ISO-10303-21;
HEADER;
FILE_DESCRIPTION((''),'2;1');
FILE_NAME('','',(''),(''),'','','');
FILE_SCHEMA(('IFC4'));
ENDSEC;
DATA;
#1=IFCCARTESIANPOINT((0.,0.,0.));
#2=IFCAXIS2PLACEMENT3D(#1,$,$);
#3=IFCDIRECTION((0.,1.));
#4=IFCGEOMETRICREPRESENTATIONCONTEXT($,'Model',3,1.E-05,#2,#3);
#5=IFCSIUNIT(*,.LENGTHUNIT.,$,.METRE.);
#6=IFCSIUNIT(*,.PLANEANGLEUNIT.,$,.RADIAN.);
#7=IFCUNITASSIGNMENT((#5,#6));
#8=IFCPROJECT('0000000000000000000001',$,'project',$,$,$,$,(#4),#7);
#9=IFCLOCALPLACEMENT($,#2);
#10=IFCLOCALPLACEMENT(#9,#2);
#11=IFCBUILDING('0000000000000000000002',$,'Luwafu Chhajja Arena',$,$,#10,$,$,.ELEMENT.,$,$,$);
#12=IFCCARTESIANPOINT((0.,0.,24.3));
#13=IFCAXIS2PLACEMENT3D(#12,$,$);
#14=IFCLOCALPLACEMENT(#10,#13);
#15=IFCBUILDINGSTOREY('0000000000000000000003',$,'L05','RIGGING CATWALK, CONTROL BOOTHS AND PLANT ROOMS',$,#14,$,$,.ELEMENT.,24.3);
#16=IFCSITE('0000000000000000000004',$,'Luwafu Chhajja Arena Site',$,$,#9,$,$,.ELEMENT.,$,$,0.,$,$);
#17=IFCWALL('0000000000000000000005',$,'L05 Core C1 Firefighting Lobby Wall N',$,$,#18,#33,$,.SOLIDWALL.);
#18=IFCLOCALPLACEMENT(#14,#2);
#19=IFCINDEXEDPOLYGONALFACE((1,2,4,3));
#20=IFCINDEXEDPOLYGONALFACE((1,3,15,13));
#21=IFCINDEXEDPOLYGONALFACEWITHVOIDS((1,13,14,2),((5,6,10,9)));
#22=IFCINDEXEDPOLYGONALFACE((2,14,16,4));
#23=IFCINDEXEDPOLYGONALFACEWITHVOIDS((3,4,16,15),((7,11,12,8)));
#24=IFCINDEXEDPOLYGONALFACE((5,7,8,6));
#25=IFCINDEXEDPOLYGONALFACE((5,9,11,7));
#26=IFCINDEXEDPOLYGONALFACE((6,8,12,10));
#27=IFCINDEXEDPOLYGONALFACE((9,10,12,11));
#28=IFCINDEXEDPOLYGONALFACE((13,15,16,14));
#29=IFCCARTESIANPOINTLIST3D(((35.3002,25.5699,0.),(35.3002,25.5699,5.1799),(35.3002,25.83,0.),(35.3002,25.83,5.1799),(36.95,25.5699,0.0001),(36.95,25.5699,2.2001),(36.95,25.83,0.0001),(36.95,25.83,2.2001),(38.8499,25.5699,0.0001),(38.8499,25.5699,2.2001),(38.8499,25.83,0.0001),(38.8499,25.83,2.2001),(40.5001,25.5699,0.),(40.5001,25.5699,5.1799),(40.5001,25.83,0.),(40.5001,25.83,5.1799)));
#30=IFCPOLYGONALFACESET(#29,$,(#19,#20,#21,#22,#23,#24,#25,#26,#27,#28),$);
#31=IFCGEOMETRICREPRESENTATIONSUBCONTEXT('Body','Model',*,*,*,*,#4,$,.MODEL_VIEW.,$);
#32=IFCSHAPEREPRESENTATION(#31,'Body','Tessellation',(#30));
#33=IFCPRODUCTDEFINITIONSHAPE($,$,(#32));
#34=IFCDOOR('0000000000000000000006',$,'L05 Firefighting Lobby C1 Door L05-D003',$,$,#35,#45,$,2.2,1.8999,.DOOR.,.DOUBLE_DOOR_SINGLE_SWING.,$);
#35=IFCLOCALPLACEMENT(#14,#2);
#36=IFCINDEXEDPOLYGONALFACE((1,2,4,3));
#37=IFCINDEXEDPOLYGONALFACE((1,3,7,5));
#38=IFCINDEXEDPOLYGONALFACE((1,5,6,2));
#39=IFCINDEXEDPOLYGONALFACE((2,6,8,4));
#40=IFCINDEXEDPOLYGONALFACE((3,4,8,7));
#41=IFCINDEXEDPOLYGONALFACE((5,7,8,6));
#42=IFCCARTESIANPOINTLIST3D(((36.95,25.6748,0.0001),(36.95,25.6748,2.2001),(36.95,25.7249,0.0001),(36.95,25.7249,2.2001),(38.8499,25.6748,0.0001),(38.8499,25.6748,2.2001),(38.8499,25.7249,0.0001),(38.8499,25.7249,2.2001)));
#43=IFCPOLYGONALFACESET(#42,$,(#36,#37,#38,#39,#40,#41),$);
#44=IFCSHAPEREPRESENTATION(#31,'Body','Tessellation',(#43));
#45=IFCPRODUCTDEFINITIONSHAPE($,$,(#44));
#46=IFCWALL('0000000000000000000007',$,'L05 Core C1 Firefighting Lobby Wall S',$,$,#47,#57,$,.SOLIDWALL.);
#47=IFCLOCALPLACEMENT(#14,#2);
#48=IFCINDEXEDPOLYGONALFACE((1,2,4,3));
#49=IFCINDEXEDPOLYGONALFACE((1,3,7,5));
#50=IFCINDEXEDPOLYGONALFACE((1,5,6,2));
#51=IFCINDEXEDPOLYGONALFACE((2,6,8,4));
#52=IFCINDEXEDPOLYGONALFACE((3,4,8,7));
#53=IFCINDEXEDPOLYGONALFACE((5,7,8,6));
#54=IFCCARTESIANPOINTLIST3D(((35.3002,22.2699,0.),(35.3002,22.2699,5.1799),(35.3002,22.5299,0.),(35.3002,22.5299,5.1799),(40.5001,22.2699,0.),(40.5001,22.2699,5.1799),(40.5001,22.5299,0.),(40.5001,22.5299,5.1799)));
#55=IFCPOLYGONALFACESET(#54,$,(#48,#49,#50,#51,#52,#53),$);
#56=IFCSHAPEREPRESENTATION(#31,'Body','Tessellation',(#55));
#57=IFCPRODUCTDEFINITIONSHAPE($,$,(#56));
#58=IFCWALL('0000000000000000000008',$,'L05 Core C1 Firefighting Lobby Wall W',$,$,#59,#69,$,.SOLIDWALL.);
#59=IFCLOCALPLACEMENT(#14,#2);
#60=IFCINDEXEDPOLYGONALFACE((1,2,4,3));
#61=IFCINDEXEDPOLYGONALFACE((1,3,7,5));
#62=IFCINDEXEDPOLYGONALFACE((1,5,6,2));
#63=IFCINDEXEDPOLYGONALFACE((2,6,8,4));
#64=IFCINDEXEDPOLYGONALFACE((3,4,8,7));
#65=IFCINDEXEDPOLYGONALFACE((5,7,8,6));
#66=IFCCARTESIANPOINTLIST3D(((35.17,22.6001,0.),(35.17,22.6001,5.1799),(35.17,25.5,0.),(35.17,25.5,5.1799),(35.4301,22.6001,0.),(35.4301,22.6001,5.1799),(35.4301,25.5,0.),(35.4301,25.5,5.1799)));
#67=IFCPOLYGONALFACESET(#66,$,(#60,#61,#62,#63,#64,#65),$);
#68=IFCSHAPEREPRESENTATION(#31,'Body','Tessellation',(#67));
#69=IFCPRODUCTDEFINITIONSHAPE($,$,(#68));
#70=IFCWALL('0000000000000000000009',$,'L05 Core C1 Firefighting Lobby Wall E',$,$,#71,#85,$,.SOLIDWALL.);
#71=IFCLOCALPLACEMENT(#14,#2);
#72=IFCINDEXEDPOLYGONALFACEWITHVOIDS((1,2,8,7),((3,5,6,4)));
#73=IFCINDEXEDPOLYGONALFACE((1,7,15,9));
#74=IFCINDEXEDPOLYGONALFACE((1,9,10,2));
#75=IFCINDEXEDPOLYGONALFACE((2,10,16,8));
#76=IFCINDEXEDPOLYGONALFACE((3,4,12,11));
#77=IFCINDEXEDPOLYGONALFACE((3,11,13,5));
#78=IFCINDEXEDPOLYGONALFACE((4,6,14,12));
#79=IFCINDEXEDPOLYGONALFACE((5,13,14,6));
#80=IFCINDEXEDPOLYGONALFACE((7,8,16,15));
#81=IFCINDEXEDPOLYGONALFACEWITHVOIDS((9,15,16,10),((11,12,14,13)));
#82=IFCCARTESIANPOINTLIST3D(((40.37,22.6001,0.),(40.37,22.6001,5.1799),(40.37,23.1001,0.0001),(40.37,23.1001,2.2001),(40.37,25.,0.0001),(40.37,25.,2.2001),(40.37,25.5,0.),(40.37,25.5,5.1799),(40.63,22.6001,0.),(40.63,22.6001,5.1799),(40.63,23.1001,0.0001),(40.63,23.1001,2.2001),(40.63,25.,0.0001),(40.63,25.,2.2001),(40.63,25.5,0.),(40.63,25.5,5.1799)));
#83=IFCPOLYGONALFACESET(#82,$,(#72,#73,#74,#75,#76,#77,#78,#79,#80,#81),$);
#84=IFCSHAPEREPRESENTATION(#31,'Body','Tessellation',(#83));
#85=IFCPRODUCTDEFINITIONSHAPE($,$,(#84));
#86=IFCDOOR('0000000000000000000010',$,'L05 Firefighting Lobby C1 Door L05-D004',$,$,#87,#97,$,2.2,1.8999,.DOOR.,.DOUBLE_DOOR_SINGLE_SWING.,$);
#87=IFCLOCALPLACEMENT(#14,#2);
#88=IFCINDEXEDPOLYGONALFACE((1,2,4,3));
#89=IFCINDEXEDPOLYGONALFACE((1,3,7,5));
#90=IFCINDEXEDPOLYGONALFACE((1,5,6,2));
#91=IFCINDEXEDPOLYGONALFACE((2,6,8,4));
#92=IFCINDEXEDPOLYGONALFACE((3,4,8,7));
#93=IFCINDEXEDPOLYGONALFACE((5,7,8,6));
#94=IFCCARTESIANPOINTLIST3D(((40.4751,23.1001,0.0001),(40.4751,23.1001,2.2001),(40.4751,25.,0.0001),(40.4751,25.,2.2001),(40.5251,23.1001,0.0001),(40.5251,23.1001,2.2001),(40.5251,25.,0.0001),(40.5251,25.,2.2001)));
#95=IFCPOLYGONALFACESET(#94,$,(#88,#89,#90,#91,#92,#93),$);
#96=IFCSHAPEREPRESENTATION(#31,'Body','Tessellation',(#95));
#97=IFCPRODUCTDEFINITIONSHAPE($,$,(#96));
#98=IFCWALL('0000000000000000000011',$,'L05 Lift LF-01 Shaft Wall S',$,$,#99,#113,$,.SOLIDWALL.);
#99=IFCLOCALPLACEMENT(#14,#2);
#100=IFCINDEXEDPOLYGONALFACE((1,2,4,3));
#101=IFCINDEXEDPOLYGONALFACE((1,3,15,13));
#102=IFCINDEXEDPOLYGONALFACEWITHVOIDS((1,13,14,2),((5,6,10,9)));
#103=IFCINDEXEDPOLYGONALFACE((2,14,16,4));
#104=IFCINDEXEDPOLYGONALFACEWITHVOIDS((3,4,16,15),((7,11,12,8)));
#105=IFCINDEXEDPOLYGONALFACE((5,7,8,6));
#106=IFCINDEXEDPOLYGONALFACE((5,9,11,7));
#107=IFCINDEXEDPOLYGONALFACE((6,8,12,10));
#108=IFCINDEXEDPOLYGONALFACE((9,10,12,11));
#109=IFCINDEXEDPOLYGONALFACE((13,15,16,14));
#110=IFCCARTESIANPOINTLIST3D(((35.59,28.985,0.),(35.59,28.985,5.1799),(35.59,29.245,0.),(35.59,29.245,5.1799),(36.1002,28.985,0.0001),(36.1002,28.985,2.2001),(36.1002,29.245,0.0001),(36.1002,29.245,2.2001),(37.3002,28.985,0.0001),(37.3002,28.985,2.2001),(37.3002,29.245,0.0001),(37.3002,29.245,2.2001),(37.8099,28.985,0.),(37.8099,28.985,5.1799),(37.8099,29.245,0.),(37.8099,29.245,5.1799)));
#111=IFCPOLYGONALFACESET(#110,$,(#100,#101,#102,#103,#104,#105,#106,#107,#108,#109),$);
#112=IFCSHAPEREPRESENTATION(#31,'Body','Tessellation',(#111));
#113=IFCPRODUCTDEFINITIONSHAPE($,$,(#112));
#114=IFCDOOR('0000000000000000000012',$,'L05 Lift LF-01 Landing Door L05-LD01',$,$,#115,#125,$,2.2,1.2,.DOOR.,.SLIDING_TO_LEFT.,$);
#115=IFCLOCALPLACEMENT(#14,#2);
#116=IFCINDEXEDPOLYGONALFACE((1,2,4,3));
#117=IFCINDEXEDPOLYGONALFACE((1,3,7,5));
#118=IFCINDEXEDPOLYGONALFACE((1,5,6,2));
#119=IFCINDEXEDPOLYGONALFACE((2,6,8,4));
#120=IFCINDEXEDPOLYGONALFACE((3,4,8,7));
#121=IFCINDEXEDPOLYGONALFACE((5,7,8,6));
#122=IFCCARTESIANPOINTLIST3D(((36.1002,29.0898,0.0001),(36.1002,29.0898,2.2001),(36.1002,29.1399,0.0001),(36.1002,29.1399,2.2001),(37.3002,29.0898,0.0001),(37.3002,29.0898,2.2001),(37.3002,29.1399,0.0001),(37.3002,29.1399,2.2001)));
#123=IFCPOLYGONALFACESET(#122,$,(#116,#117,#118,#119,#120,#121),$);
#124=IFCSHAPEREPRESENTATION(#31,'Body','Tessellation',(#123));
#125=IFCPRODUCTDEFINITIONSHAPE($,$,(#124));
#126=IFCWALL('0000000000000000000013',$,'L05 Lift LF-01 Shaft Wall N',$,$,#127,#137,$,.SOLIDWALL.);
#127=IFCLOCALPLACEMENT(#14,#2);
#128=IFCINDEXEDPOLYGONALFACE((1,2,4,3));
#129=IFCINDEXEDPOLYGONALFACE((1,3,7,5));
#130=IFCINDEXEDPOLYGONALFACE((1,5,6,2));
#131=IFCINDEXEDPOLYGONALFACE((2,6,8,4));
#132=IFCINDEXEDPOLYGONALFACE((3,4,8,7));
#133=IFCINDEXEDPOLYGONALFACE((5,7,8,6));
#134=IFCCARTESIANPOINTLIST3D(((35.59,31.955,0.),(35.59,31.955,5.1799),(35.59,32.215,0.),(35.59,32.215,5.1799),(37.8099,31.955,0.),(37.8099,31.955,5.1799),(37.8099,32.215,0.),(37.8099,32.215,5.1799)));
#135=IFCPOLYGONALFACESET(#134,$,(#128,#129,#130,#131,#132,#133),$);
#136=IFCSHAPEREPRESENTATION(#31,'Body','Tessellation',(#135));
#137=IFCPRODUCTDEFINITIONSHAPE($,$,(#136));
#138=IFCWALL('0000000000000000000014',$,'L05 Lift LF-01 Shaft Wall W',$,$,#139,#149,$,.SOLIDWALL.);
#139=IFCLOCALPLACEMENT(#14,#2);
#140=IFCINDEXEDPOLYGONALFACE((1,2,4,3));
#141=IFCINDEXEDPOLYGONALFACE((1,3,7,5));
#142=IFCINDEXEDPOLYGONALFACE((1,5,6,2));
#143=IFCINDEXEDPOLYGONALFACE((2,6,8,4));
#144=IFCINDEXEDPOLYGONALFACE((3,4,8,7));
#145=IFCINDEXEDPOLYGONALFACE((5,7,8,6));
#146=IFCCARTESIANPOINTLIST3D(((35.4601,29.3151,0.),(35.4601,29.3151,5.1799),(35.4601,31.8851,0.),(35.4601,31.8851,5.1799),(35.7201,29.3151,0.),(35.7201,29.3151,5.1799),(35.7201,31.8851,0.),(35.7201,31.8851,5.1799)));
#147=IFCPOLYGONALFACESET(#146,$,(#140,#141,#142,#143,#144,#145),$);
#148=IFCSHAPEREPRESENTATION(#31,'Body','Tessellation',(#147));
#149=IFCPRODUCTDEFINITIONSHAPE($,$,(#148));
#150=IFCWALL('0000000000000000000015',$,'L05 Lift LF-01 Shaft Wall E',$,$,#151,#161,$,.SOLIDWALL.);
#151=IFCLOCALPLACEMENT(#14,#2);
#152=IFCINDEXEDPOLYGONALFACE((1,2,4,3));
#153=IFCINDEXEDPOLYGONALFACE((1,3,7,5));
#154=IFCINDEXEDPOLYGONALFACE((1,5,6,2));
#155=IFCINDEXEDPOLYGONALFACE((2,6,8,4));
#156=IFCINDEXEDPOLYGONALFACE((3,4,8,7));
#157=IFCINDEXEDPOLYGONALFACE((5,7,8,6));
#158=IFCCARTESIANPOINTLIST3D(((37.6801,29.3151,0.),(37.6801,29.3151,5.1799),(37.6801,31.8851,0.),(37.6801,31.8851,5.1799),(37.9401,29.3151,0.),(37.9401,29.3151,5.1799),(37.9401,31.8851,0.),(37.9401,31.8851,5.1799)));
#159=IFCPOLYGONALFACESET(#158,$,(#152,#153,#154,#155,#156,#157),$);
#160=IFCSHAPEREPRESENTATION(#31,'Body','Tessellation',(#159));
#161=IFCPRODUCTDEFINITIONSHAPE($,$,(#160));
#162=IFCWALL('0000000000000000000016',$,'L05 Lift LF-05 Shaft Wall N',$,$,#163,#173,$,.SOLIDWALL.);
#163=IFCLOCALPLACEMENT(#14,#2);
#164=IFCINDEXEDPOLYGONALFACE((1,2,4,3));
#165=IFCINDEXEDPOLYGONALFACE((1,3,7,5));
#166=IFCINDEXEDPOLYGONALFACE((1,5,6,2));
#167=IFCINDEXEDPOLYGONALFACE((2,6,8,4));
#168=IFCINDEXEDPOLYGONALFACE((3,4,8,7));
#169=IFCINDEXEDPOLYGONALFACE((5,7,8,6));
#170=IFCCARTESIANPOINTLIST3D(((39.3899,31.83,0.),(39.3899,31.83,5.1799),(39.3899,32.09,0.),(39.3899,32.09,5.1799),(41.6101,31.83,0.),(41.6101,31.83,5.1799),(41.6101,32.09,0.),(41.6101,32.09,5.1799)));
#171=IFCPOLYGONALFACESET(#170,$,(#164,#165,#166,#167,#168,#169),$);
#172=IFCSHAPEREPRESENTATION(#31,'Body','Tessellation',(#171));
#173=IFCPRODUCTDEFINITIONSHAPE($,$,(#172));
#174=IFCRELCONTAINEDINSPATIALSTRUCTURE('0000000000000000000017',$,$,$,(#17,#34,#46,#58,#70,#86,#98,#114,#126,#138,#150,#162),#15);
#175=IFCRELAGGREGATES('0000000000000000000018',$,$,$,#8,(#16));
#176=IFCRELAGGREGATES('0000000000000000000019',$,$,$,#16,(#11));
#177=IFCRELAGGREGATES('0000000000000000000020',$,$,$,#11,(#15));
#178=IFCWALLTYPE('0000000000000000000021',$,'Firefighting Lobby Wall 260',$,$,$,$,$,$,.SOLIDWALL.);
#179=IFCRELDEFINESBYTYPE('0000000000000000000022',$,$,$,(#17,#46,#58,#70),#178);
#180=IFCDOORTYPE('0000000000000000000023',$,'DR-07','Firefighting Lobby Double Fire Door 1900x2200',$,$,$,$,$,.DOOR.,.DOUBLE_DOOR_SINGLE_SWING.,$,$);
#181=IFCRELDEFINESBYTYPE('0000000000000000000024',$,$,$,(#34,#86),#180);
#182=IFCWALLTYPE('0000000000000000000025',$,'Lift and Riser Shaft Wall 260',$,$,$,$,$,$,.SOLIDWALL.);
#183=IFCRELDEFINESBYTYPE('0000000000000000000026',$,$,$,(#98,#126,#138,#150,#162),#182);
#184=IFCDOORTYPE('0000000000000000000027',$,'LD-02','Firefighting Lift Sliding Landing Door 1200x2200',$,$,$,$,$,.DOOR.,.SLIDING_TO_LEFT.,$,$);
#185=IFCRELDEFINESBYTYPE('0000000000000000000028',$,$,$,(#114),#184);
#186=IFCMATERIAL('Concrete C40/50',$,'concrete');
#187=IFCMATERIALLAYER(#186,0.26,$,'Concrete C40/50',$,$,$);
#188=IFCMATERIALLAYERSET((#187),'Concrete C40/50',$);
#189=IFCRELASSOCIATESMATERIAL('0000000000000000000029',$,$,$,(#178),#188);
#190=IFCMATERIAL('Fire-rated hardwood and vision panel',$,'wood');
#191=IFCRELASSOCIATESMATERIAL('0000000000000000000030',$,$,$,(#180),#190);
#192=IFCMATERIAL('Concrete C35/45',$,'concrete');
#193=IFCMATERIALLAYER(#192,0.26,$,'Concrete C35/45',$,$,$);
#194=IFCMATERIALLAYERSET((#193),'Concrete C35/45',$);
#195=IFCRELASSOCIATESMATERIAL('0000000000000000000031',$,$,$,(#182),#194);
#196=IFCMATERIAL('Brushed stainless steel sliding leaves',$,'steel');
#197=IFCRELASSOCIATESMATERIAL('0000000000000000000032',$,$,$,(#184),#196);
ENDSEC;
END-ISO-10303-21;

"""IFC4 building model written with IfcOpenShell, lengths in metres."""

from ifc_helpers import new_model, si_unit, direction, frame, frame_2d, origin, place, context, subcontext, project, spatial, rectangle, extrude, material, layer, layer_set, type_object, element, fill, save


model = new_model("IFC4")

# Units and contexts
model_context = context("Model", 3, precision=1e-05, world=origin(), true_north=direction((0.0, 1.0)))
body_context = subcontext(model_context, "Body", "Model", "MODEL_VIEW")
ifc_project = project(units=[si_unit("LENGTHUNIT", "METRE"), si_unit("PLANEANGLEUNIT", "RADIAN")], contexts=[model_context])

# Site, building, storey
site_placement = place(None, origin())
site = spatial("IfcSite", under=ifc_project, at=site_placement, Name="Luwafu Chhajja Arena Site", CompositionType="ELEMENT", RefElevation=0.0)
building_placement = place(site_placement, origin())
building = spatial("IfcBuilding", under=site, at=building_placement, Name="Luwafu Chhajja Arena", CompositionType="ELEMENT")
storey_placement = place(building_placement, frame((0.0, 0.0, 24.3)))
storey = spatial("IfcBuildingStorey", under=building, at=storey_placement, Name="L05", Description="RIGGING CATWALK, CONTROL BOOTHS AND PLANT ROOMS", CompositionType="ELEMENT", Elevation=24.3)

# Wall, opening, door
ifc_material_1 = material(Name="Concrete C40/50", Category="concrete")
ifc_layer_1 = layer(ifc_material_1, 0.26, Name="Concrete C40/50")
ifc_layer_set_1 = layer_set([ifc_layer_1], Name="Concrete C40/50")
wall_type_1 = type_object("IfcWallType", Name="Firefighting Lobby Wall 260", PredefinedType="SOLIDWALL", material=ifc_layer_set_1)
wall_1_placement = place(storey_placement, frame((35.3, 25.7, 0.0), z_axis=(0.0, 0.0, 1.0), x_axis=(1.0, 0.0, 0.0)))
wall_1 = element("IfcWall", 1, at=wall_1_placement, inside=storey, type_object=wall_type_1, Name="L05 Core C1 Firefighting Lobby Wall N", PredefinedType="SOLIDWALL", context=body_context, shape_type="SweptSolid", body=[
    extrude(rectangle(XDim=5.2, YDim=0.26, at=frame_2d((2.6001, 0.0))), origin(), (0.0, 0.0, 1.0), 5.1799),
])
opening_1_placement = place(wall_1_placement, frame((1.6499, 0.0, 0.0)))
opening_1 = element("IfcOpeningElement", 2, at=opening_1_placement, cuts=wall_1, PredefinedType="OPENING", context=body_context, shape_type="SweptSolid", body=[
    extrude(rectangle(XDim=1.8999, YDim=2.2, at=frame_2d((0.95, 1.1001))), frame((0.0, 0.1399, 0.0), z_axis=(0.0, -1.0, 0.0), x_axis=(1.0, 0.0, 0.0)), (0.0, 0.0, 1.0), 0.28),
])
ifc_material_2 = material(Name="Fire-rated hardwood and vision panel", Category="wood")
door_type_1 = type_object("IfcDoorType", Name="DR-07", Description="Firefighting Lobby Double Fire Door 1900x2200", OperationType="DOUBLE_DOOR_SINGLE_SWING", PredefinedType="DOOR", material=ifc_material_2)
door_1_placement = place(opening_1_placement, origin())
door_1 = element("IfcDoor", 3, at=door_1_placement, inside=storey, type_object=door_type_1, Name="L05 Firefighting Lobby C1 Door L05-D003", OperationType="DOUBLE_DOOR_SINGLE_SWING", OverallHeight=2.2, OverallWidth=1.8999, PredefinedType="DOOR", context=body_context, shape_type="SweptSolid", body=[
    extrude(rectangle(XDim=1.8999, YDim=2.2, at=frame_2d((0.95, 1.1001))), frame((0.0, 0.0249, 0.0), z_axis=(0.0, -1.0, 0.0), x_axis=(1.0, 0.0, 0.0)), (0.0, 0.0, 1.0), 0.05),
])
fill(opening_1, door_1)

# Walls
wall_2_placement = place(storey_placement, frame((35.3, 22.3999, 0.0), z_axis=(0.0, 0.0, 1.0), x_axis=(1.0, 0.0, 0.0)))
element("IfcWall", 4, at=wall_2_placement, inside=storey, type_object=wall_type_1, Name="L05 Core C1 Firefighting Lobby Wall S", PredefinedType="SOLIDWALL", context=body_context, shape_type="SweptSolid", body=[
    extrude(rectangle(XDim=5.2, YDim=0.26, at=frame_2d((2.6001, 0.0))), origin(), (0.0, 0.0, 1.0), 5.1799),
])
wall_3_placement = place(storey_placement, frame((35.3, 22.6001, 0.0), z_axis=(0.0, 0.0, 1.0), x_axis=(0.0, 1.0, 0.0)))
element("IfcWall", 5, at=wall_3_placement, inside=storey, type_object=wall_type_1, Name="L05 Core C1 Firefighting Lobby Wall W", PredefinedType="SOLIDWALL", context=body_context, shape_type="SweptSolid", body=[
    extrude(rectangle(XDim=2.8999, YDim=0.26, at=frame_2d((1.45, 0.0))), origin(), (0.0, 0.0, 1.0), 5.1799),
])

# Walls, openings, doors
wall_4_placement = place(storey_placement, frame((40.5, 22.6001, 0.0), z_axis=(0.0, 0.0, 1.0), x_axis=(0.0, 1.0, 0.0)))
wall_4 = element("IfcWall", 6, at=wall_4_placement, inside=storey, type_object=wall_type_1, Name="L05 Core C1 Firefighting Lobby Wall E", PredefinedType="SOLIDWALL", context=body_context, shape_type="SweptSolid", body=[
    extrude(rectangle(XDim=2.8999, YDim=0.26, at=frame_2d((1.45, 0.0))), origin(), (0.0, 0.0, 1.0), 5.1799),
])
opening_2_placement = place(wall_4_placement, frame((0.5, 0.0, 0.0)))
opening_2 = element("IfcOpeningElement", 7, at=opening_2_placement, cuts=wall_4, PredefinedType="OPENING", context=body_context, shape_type="SweptSolid", body=[
    extrude(rectangle(XDim=1.8999, YDim=2.2, at=frame_2d((0.95, 1.1001))), frame((0.0, 0.1399, 0.0), z_axis=(0.0, -1.0, 0.0), x_axis=(1.0, 0.0, 0.0)), (0.0, 0.0, 1.0), 0.28),
])
door_2_placement = place(opening_2_placement, origin())
door_2 = element("IfcDoor", 8, at=door_2_placement, inside=storey, type_object=door_type_1, Name="L05 Firefighting Lobby C1 Door L05-D004", OperationType="DOUBLE_DOOR_SINGLE_SWING", OverallHeight=2.2, OverallWidth=1.8999, PredefinedType="DOOR", context=body_context, shape_type="SweptSolid", body=[
    extrude(rectangle(XDim=1.8999, YDim=2.2, at=frame_2d((0.95, 1.1001))), frame((0.0, 0.0249, 0.0), z_axis=(0.0, -1.0, 0.0), x_axis=(1.0, 0.0, 0.0)), (0.0, 0.0, 1.0), 0.05),
])
fill(opening_2, door_2)
ifc_material_3 = material(Name="Concrete C35/45", Category="concrete")
ifc_layer_2 = layer(ifc_material_3, 0.26, Name="Concrete C35/45")
ifc_layer_set_2 = layer_set([ifc_layer_2], Name="Concrete C35/45")
wall_type_2 = type_object("IfcWallType", Name="Lift and Riser Shaft Wall 260", PredefinedType="SOLIDWALL", material=ifc_layer_set_2)
wall_5_placement = place(storey_placement, frame((35.5901, 29.115, 0.0), z_axis=(0.0, 0.0, 1.0), x_axis=(1.0, 0.0, 0.0)))
wall_5 = element("IfcWall", 9, at=wall_5_placement, inside=storey, type_object=wall_type_2, Name="L05 Lift LF-01 Shaft Wall S", PredefinedType="SOLIDWALL", context=body_context, shape_type="SweptSolid", body=[
    extrude(rectangle(XDim=2.22, YDim=0.26, at=frame_2d((1.1099, 0.0))), origin(), (0.0, 0.0, 1.0), 5.1799),
])
opening_3_placement = place(wall_5_placement, frame((0.51, 0.0, 0.0)))
opening_3 = element("IfcOpeningElement", 10, at=opening_3_placement, cuts=wall_5, PredefinedType="OPENING", context=body_context, shape_type="SweptSolid", body=[
    extrude(rectangle(XDim=1.2, YDim=2.2, at=frame_2d((0.6001, 1.1001))), frame((0.0, 0.1399, 0.0), z_axis=(0.0, -1.0, 0.0), x_axis=(1.0, 0.0, 0.0)), (0.0, 0.0, 1.0), 0.28),
])
ifc_material_4 = material(Name="Brushed stainless steel sliding leaves", Category="steel")
door_type_2 = type_object("IfcDoorType", Name="LD-02", Description="Firefighting Lift Sliding Landing Door 1200x2200", OperationType="SLIDING_TO_LEFT", PredefinedType="DOOR", material=ifc_material_4)
door_3_placement = place(opening_3_placement, origin())
door_3 = element("IfcDoor", 11, at=door_3_placement, inside=storey, type_object=door_type_2, Name="L05 Lift LF-01 Landing Door L05-LD01", OperationType="SLIDING_TO_LEFT", OverallHeight=2.2, OverallWidth=1.2, PredefinedType="DOOR", context=body_context, shape_type="SweptSolid", body=[
    extrude(rectangle(XDim=1.2, YDim=2.2, at=frame_2d((0.6001, 1.1001))), frame((0.0, 0.0249, 0.0), z_axis=(0.0, -1.0, 0.0), x_axis=(1.0, 0.0, 0.0)), (0.0, 0.0, 1.0), 0.05),
])
fill(opening_3, door_3)

# Walls
wall_6_placement = place(storey_placement, frame((35.5901, 32.085, 0.0), z_axis=(0.0, 0.0, 1.0), x_axis=(1.0, 0.0, 0.0)))
element("IfcWall", 12, at=wall_6_placement, inside=storey, type_object=wall_type_2, Name="L05 Lift LF-01 Shaft Wall N", PredefinedType="SOLIDWALL", context=body_context, shape_type="SweptSolid", body=[
    extrude(rectangle(XDim=2.22, YDim=0.26, at=frame_2d((1.1099, 0.0))), origin(), (0.0, 0.0, 1.0), 5.1799),
])
for number, where, z_axis, x_axis, name in (
    (13, (35.5901, 29.3149, 0.0), (0.0, 0.0, 1.0), (0.0, 1.0, 0.0), "L05 Lift LF-01 Shaft Wall W"),
    (14, (37.8101, 29.3149, 0.0), (0.0, 0.0, 1.0), (0.0, 1.0, 0.0), "L05 Lift LF-01 Shaft Wall E"),
):
    element("IfcWall", number, at=place(storey_placement, frame(where, z_axis=z_axis, x_axis=x_axis)), inside=storey, type_object=wall_type_2, Name=name, PredefinedType="SOLIDWALL", context=body_context, shape_type="SweptSolid", body=[
        extrude(rectangle(XDim=2.5701, YDim=0.26, at=frame_2d((1.2852, 0.0))), origin(), (0.0, 0.0, 1.0), 5.1799),
    ])

# Wall
wall_7_placement = place(storey_placement, frame((39.3899, 31.96, 0.0), z_axis=(0.0, 0.0, 1.0), x_axis=(1.0, 0.0, 0.0)))
element("IfcWall", 15, at=wall_7_placement, inside=storey, type_object=wall_type_2, Name="L05 Lift LF-05 Shaft Wall N", PredefinedType="SOLIDWALL", context=body_context, shape_type="SweptSolid", body=[
    extrude(rectangle(XDim=2.2202, YDim=0.26, at=frame_2d((1.1101, 0.0))), origin(), (0.0, 0.0, 1.0), 5.1799),
])

save(model, "model.ifc")
